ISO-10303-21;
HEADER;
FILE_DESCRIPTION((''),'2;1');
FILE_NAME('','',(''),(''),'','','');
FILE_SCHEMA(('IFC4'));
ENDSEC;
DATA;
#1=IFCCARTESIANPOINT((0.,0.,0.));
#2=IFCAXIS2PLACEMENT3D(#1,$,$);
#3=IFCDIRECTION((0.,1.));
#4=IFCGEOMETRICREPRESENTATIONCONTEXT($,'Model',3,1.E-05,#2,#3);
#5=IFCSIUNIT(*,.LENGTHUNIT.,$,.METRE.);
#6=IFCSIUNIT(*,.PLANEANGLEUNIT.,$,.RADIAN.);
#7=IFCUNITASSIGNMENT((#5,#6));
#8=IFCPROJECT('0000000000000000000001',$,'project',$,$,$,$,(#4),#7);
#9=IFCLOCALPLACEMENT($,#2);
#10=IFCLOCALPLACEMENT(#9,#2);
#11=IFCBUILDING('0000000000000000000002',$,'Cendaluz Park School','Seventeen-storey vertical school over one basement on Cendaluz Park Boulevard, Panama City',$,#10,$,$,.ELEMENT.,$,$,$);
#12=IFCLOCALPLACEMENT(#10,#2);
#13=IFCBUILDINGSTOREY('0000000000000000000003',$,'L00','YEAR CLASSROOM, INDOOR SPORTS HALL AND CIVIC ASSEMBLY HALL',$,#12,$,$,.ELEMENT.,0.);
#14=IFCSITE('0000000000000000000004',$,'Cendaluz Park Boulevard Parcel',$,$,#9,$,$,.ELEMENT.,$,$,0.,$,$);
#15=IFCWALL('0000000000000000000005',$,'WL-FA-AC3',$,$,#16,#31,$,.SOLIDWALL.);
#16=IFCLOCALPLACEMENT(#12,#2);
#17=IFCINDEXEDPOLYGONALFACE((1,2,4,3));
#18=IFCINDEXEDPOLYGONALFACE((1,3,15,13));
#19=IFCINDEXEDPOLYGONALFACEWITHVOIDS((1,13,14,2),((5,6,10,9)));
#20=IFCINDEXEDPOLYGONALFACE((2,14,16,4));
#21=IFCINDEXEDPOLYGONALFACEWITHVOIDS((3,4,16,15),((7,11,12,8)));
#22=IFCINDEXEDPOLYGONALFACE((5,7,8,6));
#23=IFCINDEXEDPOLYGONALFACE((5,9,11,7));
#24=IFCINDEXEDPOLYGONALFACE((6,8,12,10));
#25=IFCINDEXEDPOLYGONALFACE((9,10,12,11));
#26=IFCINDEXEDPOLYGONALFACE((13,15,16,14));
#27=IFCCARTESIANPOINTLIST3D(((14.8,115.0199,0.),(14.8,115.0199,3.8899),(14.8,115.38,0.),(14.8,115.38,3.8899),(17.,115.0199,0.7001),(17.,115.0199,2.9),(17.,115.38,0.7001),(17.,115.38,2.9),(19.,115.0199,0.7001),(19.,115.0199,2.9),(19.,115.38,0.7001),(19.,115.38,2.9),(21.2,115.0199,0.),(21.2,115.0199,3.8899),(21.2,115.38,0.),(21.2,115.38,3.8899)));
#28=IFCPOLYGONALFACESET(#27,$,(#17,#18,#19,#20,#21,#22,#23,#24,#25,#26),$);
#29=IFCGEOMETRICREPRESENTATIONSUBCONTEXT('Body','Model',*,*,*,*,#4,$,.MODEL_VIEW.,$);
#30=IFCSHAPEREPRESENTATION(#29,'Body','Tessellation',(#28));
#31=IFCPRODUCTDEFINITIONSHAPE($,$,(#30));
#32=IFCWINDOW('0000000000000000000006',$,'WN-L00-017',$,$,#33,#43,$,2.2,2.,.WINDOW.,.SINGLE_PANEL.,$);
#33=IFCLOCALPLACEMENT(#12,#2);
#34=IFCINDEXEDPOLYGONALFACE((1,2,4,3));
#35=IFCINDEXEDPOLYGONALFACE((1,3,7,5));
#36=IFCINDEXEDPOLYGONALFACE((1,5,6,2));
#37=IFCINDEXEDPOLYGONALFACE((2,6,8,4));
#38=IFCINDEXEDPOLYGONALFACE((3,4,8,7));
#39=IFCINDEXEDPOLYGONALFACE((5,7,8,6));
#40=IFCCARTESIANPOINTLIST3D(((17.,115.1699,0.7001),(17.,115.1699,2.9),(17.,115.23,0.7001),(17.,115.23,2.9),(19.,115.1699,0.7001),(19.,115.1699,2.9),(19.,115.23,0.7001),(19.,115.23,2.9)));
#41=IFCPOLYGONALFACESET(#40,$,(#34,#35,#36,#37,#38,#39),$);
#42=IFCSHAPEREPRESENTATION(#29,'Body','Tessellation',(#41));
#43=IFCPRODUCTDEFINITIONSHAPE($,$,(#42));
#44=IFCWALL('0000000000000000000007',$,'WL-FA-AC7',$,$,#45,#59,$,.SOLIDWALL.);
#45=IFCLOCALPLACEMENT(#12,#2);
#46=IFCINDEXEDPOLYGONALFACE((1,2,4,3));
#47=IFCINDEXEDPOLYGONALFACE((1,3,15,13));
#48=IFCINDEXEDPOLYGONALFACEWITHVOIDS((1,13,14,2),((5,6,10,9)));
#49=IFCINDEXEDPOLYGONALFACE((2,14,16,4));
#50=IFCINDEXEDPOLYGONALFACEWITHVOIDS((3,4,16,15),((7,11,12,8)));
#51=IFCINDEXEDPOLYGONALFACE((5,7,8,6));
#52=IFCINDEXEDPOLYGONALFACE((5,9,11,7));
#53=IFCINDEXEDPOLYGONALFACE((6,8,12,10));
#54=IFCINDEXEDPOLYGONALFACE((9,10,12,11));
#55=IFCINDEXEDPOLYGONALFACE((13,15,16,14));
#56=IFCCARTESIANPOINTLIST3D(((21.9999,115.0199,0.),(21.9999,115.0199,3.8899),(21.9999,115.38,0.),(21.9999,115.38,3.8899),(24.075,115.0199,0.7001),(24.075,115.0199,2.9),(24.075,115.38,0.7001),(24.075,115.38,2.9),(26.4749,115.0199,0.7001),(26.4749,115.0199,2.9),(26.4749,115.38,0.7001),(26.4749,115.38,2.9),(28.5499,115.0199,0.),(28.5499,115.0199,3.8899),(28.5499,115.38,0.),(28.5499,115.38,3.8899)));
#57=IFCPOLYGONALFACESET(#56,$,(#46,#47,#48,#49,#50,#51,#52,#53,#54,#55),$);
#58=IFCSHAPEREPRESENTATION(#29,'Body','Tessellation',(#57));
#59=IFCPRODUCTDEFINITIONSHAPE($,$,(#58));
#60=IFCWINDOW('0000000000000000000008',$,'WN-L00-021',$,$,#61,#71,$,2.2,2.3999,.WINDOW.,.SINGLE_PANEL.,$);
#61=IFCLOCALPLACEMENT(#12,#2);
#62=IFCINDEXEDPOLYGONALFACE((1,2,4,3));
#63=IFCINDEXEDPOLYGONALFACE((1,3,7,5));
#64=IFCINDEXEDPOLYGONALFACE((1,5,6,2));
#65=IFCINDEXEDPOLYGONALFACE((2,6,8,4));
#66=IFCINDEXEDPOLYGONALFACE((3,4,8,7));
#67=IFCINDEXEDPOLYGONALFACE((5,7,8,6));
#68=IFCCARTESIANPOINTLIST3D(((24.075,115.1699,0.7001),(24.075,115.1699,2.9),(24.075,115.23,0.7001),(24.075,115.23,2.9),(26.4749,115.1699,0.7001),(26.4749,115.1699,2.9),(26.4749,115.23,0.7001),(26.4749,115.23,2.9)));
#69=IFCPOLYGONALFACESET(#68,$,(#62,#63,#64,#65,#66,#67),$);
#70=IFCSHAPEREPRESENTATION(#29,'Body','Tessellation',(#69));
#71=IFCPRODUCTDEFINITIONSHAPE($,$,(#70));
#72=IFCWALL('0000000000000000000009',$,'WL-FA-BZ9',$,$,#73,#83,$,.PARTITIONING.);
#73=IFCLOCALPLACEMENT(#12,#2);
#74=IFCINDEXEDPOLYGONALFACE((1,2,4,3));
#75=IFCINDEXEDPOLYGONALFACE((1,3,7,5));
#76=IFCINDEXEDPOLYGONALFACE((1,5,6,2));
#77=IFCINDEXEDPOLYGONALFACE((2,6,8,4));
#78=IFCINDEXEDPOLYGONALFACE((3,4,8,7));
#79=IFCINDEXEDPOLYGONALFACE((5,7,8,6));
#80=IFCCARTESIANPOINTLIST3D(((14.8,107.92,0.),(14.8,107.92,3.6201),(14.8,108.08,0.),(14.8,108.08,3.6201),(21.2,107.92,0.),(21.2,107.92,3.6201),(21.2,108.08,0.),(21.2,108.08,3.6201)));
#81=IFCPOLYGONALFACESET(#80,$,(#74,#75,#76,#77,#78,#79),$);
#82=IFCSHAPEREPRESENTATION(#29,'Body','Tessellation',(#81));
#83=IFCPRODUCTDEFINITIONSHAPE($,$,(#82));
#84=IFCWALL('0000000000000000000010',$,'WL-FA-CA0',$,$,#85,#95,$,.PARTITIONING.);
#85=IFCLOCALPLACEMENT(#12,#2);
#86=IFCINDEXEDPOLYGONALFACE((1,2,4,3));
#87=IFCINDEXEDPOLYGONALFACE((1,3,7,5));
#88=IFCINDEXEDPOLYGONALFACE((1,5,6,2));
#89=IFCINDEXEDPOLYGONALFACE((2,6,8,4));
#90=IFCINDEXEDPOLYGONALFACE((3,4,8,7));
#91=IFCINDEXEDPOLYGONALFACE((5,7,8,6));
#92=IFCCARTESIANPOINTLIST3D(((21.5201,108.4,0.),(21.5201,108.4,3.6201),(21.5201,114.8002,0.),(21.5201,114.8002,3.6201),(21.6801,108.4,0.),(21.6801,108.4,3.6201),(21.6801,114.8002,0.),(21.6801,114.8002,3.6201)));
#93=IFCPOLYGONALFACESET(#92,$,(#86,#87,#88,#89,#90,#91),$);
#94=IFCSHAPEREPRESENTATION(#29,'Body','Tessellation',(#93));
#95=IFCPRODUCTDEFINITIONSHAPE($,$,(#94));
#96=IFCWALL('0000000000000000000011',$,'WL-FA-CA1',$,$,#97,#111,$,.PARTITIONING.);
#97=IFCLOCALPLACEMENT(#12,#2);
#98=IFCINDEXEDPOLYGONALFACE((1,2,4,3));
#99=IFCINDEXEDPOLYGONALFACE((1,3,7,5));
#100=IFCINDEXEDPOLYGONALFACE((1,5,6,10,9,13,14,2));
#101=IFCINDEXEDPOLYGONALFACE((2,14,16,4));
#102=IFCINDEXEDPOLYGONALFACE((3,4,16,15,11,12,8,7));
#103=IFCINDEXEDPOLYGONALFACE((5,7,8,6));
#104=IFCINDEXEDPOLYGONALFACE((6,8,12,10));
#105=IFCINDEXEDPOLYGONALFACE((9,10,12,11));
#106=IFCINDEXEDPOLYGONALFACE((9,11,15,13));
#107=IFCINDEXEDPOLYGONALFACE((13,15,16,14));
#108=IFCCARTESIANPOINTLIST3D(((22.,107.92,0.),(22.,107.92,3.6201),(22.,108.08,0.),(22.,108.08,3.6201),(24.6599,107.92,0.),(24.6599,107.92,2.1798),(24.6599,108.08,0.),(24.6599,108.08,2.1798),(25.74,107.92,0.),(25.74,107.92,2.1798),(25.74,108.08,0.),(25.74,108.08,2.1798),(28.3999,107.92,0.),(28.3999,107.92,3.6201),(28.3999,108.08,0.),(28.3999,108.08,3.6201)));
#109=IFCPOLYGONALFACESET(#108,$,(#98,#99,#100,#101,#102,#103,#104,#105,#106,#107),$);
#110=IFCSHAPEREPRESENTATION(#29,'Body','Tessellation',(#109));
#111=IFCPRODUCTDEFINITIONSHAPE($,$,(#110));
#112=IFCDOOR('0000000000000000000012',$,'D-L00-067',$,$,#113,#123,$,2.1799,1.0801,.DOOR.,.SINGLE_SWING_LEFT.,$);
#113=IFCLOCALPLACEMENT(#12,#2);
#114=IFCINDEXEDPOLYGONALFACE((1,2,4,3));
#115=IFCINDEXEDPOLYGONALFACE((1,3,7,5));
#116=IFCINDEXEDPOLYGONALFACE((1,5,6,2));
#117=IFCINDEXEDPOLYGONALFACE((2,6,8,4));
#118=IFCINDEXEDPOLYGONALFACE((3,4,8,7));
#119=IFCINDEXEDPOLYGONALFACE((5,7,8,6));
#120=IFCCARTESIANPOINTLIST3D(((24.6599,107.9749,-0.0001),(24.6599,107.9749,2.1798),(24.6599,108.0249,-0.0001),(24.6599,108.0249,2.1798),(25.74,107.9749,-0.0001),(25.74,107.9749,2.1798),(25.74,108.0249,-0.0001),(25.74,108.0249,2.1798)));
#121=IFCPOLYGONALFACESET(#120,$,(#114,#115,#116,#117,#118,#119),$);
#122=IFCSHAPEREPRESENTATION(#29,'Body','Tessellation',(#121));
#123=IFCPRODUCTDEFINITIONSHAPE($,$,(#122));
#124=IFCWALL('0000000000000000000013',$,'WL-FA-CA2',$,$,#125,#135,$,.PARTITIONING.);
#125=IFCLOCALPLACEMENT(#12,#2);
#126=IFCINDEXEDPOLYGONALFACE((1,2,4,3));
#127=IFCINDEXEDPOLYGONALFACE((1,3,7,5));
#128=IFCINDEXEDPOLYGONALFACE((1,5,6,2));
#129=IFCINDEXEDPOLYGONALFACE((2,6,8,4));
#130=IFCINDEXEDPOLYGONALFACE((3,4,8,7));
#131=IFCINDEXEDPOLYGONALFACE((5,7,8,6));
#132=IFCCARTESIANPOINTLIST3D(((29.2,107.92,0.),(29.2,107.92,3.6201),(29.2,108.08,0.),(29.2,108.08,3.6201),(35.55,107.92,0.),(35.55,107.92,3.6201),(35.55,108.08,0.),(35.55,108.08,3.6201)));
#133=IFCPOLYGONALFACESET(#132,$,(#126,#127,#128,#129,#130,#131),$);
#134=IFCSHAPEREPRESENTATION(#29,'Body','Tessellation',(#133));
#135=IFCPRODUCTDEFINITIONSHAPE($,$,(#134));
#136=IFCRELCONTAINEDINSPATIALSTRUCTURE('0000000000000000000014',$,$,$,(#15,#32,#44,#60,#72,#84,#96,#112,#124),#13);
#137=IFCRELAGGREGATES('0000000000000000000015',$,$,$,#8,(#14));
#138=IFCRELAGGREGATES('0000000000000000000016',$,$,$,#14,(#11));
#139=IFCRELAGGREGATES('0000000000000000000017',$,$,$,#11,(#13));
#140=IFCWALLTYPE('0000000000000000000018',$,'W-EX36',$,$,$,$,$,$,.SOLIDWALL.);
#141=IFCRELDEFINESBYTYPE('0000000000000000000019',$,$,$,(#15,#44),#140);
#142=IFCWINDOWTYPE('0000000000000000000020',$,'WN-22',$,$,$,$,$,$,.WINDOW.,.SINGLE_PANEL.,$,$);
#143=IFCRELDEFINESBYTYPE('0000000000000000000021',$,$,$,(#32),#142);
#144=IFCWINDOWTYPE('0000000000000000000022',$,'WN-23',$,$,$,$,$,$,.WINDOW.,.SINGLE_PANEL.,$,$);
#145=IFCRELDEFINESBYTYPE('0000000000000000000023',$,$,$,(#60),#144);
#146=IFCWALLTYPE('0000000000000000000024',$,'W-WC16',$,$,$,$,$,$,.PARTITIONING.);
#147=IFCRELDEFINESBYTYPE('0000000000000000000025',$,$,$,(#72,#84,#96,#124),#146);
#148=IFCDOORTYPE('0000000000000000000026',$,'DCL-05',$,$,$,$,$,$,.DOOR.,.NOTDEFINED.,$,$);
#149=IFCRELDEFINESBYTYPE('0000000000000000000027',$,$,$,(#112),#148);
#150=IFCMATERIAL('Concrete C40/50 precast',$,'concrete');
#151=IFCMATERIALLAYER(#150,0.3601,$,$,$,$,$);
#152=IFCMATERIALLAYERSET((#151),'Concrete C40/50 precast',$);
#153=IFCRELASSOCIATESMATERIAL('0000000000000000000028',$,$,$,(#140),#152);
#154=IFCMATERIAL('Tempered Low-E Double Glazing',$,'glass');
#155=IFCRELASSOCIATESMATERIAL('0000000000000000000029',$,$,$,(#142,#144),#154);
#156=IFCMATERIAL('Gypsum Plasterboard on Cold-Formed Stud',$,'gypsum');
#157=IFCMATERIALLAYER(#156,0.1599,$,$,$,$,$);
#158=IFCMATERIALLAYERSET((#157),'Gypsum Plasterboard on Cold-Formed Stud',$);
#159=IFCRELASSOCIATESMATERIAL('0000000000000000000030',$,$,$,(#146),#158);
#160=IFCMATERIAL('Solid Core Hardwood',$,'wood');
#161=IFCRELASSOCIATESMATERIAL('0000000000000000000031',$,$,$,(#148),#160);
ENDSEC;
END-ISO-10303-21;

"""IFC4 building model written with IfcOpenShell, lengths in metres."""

from ifc_helpers import new_model, si_unit, direction, frame, frame_2d, origin, place, context, subcontext, project, spatial, rectangle, extrude, material, layer, layer_set, type_object, element, fill, save


model = new_model("IFC4")

# Units and contexts
model_context = context("Model", 3, precision=1e-05, world=origin(), true_north=direction((0.0, 1.0)))
body_context = subcontext(model_context, "Body", "Model", "MODEL_VIEW")
ifc_project = project(units=[si_unit("LENGTHUNIT", "METRE"), si_unit("PLANEANGLEUNIT", "RADIAN")], contexts=[model_context])

# Site, building, storey
site_placement = place(None, origin())
site = spatial("IfcSite", under=ifc_project, at=site_placement, Name="Cendaluz Park Boulevard Parcel", CompositionType="ELEMENT", RefElevation=0.0)
building_placement = place(site_placement, origin())
building = spatial("IfcBuilding", under=site, at=building_placement, Name="Cendaluz Park School", Description="Seventeen-storey vertical school over one basement on Cendaluz Park Boulevard, Panama City", CompositionType="ELEMENT")
storey_placement = place(building_placement, origin())
storey = spatial("IfcBuildingStorey", under=building, at=storey_placement, Name="L00", Description="YEAR CLASSROOM, INDOOR SPORTS HALL AND CIVIC ASSEMBLY HALL", CompositionType="ELEMENT", Elevation=0.0)

# Walls, openings, windows
ifc_material_1 = material(Name="Concrete C40/50 precast", Category="concrete")
ifc_layer_1 = layer(ifc_material_1, 0.3601)
ifc_layer_set_1 = layer_set([ifc_layer_1], Name="Concrete C40/50 precast")
wall_type_1 = type_object("IfcWallType", Name="W-EX36", PredefinedType="SOLIDWALL", material=ifc_layer_set_1)
wall_1_placement = place(storey_placement, frame((14.8, 115.2, 0.0), z_axis=(0.0, 0.0, 1.0), x_axis=(1.0, 0.0, 0.0)))
wall_1 = element("IfcWall", 1, at=wall_1_placement, inside=storey, type_object=wall_type_1, Name="WL-FA-AC3", PredefinedType="SOLIDWALL", context=body_context, shape_type="SweptSolid", body=[
    extrude(rectangle(XDim=6.3999, YDim=0.3601, at=frame_2d((3.2, 0.0))), origin(), (0.0, 0.0, 1.0), 3.8899),
])
opening_1_placement = place(wall_1_placement, frame((2.2, 0.0, 0.7)))
opening_1 = element("IfcOpeningElement", 2, at=opening_1_placement, cuts=wall_1, PredefinedType="OPENING", context=body_context, shape_type="SweptSolid", body=[
    extrude(rectangle(XDim=2.0, YDim=2.2, at=frame_2d((1.0, 1.1001))), frame((0.0, 0.1921, 0.0), z_axis=(0.0, -1.0, 0.0), x_axis=(1.0, 0.0, 0.0)), (0.0, 0.0, 1.0), 0.384),
])
ifc_material_2 = material(Name="Tempered Low-E Double Glazing", Category="glass")
window_type_1 = type_object("IfcWindowType", Name="WN-22", PartitioningType="SINGLE_PANEL", PredefinedType="WINDOW", material=ifc_material_2)
window_1_placement = place(opening_1_placement, origin())
window_1 = element("IfcWindow", 3, at=window_1_placement, inside=storey, type_object=window_type_1, Name="WN-L00-017", OverallHeight=2.2, OverallWidth=2.0, PartitioningType="SINGLE_PANEL", PredefinedType="WINDOW", context=body_context, shape_type="SweptSolid", body=[
    extrude(rectangle(XDim=2.0, YDim=2.2, at=frame_2d((1.0, 1.1001))), frame((0.0, 0.03, 0.0), z_axis=(0.0, -1.0, 0.0), x_axis=(1.0, 0.0, 0.0)), (0.0, 0.0, 1.0), 0.0601),
])
fill(opening_1, window_1)
wall_2_placement = place(storey_placement, frame((22.0, 115.2, 0.0), z_axis=(0.0, 0.0, 1.0), x_axis=(1.0, 0.0, 0.0)))
wall_2 = element("IfcWall", 4, at=wall_2_placement, inside=storey, type_object=wall_type_1, Name="WL-FA-AC7", PredefinedType="SOLIDWALL", context=body_context, shape_type="SweptSolid", body=[
    extrude(rectangle(XDim=6.55, YDim=0.3601, at=frame_2d((3.2749, 0.0))), origin(), (0.0, 0.0, 1.0), 3.8899),
])
opening_2_placement = place(wall_2_placement, frame((2.075, 0.0, 0.7)))
opening_2 = element("IfcOpeningElement", 5, at=opening_2_placement, cuts=wall_2, PredefinedType="OPENING", context=body_context, shape_type="SweptSolid", body=[
    extrude(rectangle(XDim=2.3999, YDim=2.2, at=frame_2d((1.2, 1.1001))), frame((0.0, 0.1921, 0.0), z_axis=(0.0, -1.0, 0.0), x_axis=(1.0, 0.0, 0.0)), (0.0, 0.0, 1.0), 0.384),
])
window_type_2 = type_object("IfcWindowType", Name="WN-23", PartitioningType="SINGLE_PANEL", PredefinedType="WINDOW", material=ifc_material_2)
window_2_placement = place(opening_2_placement, origin())
window_2 = element("IfcWindow", 6, at=window_2_placement, inside=storey, type_object=window_type_2, Name="WN-L00-021", OverallHeight=2.2, OverallWidth=2.3999, PartitioningType="SINGLE_PANEL", PredefinedType="WINDOW", context=body_context, shape_type="SweptSolid", body=[
    extrude(rectangle(XDim=2.3999, YDim=2.2, at=frame_2d((1.2, 1.1001))), frame((0.0, 0.03, 0.0), z_axis=(0.0, -1.0, 0.0), x_axis=(1.0, 0.0, 0.0)), (0.0, 0.0, 1.0), 0.0601),
])
fill(opening_2, window_2)

# Walls
ifc_material_3 = material(Name="Gypsum Plasterboard on Cold-Formed Stud", Category="gypsum")
ifc_layer_2 = layer(ifc_material_3, 0.1599)
ifc_layer_set_2 = layer_set([ifc_layer_2], Name="Gypsum Plasterboard on Cold-Formed Stud")
wall_type_2 = type_object("IfcWallType", Name="W-WC16", PredefinedType="PARTITIONING", material=ifc_layer_set_2)
wall_3_placement = place(storey_placement, frame((14.8, 108.0, 0.0), z_axis=(0.0, 0.0, 1.0), x_axis=(1.0, 0.0, 0.0)))
element("IfcWall", 7, at=wall_3_placement, inside=storey, type_object=wall_type_2, Name="WL-FA-BZ9", PredefinedType="PARTITIONING", context=body_context, shape_type="SweptSolid", body=[
    extrude(rectangle(XDim=6.3999, YDim=0.1599, at=frame_2d((3.2, 0.0))), origin(), (0.0, 0.0, 1.0), 3.6201),
])
wall_4_placement = place(storey_placement, frame((21.6001, 108.3999, 0.0), z_axis=(0.0, 0.0, 1.0), x_axis=(0.0, 1.0, 0.0)))
element("IfcWall", 8, at=wall_4_placement, inside=storey, type_object=wall_type_2, Name="WL-FA-CA0", PredefinedType="PARTITIONING", context=body_context, shape_type="SweptSolid", body=[
    extrude(rectangle(XDim=6.4001, YDim=0.1599, at=frame_2d((3.2002, 0.0))), origin(), (0.0, 0.0, 1.0), 3.6201),
])

# Wall, opening, door
wall_5_placement = place(storey_placement, frame((22.0, 108.0, 0.0), z_axis=(0.0, 0.0, 1.0), x_axis=(1.0, 0.0, 0.0)))
wall_5 = element("IfcWall", 9, at=wall_5_placement, inside=storey, type_object=wall_type_2, Name="WL-FA-CA1", PredefinedType="PARTITIONING", context=body_context, shape_type="SweptSolid", body=[
    extrude(rectangle(XDim=6.3999, YDim=0.1599, at=frame_2d((3.2, 0.0))), origin(), (0.0, 0.0, 1.0), 3.6201),
])
opening_3_placement = place(wall_5_placement, frame((2.6599, 0.0, 0.0)))
opening_3 = element("IfcOpeningElement", 10, at=opening_3_placement, cuts=wall_5, PredefinedType="OPENING", context=body_context, shape_type="SweptSolid", body=[
    extrude(rectangle(XDim=1.0801, YDim=2.1799, at=frame_2d((0.54, 1.0898))), frame((0.0, 0.092, 0.0), z_axis=(0.0, -1.0, 0.0), x_axis=(1.0, 0.0, 0.0)), (0.0, 0.0, 1.0), 0.1838),
])
ifc_material_4 = material(Name="Solid Core Hardwood", Category="wood")
door_type_1 = type_object("IfcDoorType", Name="DCL-05", OperationType="NOTDEFINED", PredefinedType="DOOR", material=ifc_material_4)
door_1_placement = place(opening_3_placement, origin())
door_1 = element("IfcDoor", 11, at=door_1_placement, inside=storey, type_object=door_type_1, Name="D-L00-067", OperationType="SINGLE_SWING_LEFT", OverallHeight=2.1799, OverallWidth=1.0801, PredefinedType="DOOR", context=body_context, shape_type="SweptSolid", body=[
    extrude(rectangle(XDim=1.0801, YDim=2.1799, at=frame_2d((0.54, 1.0898))), frame((0.0, 0.0249, 0.0), z_axis=(0.0, -1.0, 0.0), x_axis=(1.0, 0.0, 0.0)), (0.0, 0.0, 1.0), 0.05),
])
fill(opening_3, door_1)

# Wall
wall_6_placement = place(storey_placement, frame((29.2, 108.0, 0.0), z_axis=(0.0, 0.0, 1.0), x_axis=(1.0, 0.0, 0.0)))
element("IfcWall", 12, at=wall_6_placement, inside=storey, type_object=wall_type_2, Name="WL-FA-CA2", PredefinedType="PARTITIONING", context=body_context, shape_type="SweptSolid", body=[
    extrude(rectangle(XDim=6.3501, YDim=0.1599, at=frame_2d((3.175, 0.0))), origin(), (0.0, 0.0, 1.0), 3.6201),
])

save(model, "model.ifc")
